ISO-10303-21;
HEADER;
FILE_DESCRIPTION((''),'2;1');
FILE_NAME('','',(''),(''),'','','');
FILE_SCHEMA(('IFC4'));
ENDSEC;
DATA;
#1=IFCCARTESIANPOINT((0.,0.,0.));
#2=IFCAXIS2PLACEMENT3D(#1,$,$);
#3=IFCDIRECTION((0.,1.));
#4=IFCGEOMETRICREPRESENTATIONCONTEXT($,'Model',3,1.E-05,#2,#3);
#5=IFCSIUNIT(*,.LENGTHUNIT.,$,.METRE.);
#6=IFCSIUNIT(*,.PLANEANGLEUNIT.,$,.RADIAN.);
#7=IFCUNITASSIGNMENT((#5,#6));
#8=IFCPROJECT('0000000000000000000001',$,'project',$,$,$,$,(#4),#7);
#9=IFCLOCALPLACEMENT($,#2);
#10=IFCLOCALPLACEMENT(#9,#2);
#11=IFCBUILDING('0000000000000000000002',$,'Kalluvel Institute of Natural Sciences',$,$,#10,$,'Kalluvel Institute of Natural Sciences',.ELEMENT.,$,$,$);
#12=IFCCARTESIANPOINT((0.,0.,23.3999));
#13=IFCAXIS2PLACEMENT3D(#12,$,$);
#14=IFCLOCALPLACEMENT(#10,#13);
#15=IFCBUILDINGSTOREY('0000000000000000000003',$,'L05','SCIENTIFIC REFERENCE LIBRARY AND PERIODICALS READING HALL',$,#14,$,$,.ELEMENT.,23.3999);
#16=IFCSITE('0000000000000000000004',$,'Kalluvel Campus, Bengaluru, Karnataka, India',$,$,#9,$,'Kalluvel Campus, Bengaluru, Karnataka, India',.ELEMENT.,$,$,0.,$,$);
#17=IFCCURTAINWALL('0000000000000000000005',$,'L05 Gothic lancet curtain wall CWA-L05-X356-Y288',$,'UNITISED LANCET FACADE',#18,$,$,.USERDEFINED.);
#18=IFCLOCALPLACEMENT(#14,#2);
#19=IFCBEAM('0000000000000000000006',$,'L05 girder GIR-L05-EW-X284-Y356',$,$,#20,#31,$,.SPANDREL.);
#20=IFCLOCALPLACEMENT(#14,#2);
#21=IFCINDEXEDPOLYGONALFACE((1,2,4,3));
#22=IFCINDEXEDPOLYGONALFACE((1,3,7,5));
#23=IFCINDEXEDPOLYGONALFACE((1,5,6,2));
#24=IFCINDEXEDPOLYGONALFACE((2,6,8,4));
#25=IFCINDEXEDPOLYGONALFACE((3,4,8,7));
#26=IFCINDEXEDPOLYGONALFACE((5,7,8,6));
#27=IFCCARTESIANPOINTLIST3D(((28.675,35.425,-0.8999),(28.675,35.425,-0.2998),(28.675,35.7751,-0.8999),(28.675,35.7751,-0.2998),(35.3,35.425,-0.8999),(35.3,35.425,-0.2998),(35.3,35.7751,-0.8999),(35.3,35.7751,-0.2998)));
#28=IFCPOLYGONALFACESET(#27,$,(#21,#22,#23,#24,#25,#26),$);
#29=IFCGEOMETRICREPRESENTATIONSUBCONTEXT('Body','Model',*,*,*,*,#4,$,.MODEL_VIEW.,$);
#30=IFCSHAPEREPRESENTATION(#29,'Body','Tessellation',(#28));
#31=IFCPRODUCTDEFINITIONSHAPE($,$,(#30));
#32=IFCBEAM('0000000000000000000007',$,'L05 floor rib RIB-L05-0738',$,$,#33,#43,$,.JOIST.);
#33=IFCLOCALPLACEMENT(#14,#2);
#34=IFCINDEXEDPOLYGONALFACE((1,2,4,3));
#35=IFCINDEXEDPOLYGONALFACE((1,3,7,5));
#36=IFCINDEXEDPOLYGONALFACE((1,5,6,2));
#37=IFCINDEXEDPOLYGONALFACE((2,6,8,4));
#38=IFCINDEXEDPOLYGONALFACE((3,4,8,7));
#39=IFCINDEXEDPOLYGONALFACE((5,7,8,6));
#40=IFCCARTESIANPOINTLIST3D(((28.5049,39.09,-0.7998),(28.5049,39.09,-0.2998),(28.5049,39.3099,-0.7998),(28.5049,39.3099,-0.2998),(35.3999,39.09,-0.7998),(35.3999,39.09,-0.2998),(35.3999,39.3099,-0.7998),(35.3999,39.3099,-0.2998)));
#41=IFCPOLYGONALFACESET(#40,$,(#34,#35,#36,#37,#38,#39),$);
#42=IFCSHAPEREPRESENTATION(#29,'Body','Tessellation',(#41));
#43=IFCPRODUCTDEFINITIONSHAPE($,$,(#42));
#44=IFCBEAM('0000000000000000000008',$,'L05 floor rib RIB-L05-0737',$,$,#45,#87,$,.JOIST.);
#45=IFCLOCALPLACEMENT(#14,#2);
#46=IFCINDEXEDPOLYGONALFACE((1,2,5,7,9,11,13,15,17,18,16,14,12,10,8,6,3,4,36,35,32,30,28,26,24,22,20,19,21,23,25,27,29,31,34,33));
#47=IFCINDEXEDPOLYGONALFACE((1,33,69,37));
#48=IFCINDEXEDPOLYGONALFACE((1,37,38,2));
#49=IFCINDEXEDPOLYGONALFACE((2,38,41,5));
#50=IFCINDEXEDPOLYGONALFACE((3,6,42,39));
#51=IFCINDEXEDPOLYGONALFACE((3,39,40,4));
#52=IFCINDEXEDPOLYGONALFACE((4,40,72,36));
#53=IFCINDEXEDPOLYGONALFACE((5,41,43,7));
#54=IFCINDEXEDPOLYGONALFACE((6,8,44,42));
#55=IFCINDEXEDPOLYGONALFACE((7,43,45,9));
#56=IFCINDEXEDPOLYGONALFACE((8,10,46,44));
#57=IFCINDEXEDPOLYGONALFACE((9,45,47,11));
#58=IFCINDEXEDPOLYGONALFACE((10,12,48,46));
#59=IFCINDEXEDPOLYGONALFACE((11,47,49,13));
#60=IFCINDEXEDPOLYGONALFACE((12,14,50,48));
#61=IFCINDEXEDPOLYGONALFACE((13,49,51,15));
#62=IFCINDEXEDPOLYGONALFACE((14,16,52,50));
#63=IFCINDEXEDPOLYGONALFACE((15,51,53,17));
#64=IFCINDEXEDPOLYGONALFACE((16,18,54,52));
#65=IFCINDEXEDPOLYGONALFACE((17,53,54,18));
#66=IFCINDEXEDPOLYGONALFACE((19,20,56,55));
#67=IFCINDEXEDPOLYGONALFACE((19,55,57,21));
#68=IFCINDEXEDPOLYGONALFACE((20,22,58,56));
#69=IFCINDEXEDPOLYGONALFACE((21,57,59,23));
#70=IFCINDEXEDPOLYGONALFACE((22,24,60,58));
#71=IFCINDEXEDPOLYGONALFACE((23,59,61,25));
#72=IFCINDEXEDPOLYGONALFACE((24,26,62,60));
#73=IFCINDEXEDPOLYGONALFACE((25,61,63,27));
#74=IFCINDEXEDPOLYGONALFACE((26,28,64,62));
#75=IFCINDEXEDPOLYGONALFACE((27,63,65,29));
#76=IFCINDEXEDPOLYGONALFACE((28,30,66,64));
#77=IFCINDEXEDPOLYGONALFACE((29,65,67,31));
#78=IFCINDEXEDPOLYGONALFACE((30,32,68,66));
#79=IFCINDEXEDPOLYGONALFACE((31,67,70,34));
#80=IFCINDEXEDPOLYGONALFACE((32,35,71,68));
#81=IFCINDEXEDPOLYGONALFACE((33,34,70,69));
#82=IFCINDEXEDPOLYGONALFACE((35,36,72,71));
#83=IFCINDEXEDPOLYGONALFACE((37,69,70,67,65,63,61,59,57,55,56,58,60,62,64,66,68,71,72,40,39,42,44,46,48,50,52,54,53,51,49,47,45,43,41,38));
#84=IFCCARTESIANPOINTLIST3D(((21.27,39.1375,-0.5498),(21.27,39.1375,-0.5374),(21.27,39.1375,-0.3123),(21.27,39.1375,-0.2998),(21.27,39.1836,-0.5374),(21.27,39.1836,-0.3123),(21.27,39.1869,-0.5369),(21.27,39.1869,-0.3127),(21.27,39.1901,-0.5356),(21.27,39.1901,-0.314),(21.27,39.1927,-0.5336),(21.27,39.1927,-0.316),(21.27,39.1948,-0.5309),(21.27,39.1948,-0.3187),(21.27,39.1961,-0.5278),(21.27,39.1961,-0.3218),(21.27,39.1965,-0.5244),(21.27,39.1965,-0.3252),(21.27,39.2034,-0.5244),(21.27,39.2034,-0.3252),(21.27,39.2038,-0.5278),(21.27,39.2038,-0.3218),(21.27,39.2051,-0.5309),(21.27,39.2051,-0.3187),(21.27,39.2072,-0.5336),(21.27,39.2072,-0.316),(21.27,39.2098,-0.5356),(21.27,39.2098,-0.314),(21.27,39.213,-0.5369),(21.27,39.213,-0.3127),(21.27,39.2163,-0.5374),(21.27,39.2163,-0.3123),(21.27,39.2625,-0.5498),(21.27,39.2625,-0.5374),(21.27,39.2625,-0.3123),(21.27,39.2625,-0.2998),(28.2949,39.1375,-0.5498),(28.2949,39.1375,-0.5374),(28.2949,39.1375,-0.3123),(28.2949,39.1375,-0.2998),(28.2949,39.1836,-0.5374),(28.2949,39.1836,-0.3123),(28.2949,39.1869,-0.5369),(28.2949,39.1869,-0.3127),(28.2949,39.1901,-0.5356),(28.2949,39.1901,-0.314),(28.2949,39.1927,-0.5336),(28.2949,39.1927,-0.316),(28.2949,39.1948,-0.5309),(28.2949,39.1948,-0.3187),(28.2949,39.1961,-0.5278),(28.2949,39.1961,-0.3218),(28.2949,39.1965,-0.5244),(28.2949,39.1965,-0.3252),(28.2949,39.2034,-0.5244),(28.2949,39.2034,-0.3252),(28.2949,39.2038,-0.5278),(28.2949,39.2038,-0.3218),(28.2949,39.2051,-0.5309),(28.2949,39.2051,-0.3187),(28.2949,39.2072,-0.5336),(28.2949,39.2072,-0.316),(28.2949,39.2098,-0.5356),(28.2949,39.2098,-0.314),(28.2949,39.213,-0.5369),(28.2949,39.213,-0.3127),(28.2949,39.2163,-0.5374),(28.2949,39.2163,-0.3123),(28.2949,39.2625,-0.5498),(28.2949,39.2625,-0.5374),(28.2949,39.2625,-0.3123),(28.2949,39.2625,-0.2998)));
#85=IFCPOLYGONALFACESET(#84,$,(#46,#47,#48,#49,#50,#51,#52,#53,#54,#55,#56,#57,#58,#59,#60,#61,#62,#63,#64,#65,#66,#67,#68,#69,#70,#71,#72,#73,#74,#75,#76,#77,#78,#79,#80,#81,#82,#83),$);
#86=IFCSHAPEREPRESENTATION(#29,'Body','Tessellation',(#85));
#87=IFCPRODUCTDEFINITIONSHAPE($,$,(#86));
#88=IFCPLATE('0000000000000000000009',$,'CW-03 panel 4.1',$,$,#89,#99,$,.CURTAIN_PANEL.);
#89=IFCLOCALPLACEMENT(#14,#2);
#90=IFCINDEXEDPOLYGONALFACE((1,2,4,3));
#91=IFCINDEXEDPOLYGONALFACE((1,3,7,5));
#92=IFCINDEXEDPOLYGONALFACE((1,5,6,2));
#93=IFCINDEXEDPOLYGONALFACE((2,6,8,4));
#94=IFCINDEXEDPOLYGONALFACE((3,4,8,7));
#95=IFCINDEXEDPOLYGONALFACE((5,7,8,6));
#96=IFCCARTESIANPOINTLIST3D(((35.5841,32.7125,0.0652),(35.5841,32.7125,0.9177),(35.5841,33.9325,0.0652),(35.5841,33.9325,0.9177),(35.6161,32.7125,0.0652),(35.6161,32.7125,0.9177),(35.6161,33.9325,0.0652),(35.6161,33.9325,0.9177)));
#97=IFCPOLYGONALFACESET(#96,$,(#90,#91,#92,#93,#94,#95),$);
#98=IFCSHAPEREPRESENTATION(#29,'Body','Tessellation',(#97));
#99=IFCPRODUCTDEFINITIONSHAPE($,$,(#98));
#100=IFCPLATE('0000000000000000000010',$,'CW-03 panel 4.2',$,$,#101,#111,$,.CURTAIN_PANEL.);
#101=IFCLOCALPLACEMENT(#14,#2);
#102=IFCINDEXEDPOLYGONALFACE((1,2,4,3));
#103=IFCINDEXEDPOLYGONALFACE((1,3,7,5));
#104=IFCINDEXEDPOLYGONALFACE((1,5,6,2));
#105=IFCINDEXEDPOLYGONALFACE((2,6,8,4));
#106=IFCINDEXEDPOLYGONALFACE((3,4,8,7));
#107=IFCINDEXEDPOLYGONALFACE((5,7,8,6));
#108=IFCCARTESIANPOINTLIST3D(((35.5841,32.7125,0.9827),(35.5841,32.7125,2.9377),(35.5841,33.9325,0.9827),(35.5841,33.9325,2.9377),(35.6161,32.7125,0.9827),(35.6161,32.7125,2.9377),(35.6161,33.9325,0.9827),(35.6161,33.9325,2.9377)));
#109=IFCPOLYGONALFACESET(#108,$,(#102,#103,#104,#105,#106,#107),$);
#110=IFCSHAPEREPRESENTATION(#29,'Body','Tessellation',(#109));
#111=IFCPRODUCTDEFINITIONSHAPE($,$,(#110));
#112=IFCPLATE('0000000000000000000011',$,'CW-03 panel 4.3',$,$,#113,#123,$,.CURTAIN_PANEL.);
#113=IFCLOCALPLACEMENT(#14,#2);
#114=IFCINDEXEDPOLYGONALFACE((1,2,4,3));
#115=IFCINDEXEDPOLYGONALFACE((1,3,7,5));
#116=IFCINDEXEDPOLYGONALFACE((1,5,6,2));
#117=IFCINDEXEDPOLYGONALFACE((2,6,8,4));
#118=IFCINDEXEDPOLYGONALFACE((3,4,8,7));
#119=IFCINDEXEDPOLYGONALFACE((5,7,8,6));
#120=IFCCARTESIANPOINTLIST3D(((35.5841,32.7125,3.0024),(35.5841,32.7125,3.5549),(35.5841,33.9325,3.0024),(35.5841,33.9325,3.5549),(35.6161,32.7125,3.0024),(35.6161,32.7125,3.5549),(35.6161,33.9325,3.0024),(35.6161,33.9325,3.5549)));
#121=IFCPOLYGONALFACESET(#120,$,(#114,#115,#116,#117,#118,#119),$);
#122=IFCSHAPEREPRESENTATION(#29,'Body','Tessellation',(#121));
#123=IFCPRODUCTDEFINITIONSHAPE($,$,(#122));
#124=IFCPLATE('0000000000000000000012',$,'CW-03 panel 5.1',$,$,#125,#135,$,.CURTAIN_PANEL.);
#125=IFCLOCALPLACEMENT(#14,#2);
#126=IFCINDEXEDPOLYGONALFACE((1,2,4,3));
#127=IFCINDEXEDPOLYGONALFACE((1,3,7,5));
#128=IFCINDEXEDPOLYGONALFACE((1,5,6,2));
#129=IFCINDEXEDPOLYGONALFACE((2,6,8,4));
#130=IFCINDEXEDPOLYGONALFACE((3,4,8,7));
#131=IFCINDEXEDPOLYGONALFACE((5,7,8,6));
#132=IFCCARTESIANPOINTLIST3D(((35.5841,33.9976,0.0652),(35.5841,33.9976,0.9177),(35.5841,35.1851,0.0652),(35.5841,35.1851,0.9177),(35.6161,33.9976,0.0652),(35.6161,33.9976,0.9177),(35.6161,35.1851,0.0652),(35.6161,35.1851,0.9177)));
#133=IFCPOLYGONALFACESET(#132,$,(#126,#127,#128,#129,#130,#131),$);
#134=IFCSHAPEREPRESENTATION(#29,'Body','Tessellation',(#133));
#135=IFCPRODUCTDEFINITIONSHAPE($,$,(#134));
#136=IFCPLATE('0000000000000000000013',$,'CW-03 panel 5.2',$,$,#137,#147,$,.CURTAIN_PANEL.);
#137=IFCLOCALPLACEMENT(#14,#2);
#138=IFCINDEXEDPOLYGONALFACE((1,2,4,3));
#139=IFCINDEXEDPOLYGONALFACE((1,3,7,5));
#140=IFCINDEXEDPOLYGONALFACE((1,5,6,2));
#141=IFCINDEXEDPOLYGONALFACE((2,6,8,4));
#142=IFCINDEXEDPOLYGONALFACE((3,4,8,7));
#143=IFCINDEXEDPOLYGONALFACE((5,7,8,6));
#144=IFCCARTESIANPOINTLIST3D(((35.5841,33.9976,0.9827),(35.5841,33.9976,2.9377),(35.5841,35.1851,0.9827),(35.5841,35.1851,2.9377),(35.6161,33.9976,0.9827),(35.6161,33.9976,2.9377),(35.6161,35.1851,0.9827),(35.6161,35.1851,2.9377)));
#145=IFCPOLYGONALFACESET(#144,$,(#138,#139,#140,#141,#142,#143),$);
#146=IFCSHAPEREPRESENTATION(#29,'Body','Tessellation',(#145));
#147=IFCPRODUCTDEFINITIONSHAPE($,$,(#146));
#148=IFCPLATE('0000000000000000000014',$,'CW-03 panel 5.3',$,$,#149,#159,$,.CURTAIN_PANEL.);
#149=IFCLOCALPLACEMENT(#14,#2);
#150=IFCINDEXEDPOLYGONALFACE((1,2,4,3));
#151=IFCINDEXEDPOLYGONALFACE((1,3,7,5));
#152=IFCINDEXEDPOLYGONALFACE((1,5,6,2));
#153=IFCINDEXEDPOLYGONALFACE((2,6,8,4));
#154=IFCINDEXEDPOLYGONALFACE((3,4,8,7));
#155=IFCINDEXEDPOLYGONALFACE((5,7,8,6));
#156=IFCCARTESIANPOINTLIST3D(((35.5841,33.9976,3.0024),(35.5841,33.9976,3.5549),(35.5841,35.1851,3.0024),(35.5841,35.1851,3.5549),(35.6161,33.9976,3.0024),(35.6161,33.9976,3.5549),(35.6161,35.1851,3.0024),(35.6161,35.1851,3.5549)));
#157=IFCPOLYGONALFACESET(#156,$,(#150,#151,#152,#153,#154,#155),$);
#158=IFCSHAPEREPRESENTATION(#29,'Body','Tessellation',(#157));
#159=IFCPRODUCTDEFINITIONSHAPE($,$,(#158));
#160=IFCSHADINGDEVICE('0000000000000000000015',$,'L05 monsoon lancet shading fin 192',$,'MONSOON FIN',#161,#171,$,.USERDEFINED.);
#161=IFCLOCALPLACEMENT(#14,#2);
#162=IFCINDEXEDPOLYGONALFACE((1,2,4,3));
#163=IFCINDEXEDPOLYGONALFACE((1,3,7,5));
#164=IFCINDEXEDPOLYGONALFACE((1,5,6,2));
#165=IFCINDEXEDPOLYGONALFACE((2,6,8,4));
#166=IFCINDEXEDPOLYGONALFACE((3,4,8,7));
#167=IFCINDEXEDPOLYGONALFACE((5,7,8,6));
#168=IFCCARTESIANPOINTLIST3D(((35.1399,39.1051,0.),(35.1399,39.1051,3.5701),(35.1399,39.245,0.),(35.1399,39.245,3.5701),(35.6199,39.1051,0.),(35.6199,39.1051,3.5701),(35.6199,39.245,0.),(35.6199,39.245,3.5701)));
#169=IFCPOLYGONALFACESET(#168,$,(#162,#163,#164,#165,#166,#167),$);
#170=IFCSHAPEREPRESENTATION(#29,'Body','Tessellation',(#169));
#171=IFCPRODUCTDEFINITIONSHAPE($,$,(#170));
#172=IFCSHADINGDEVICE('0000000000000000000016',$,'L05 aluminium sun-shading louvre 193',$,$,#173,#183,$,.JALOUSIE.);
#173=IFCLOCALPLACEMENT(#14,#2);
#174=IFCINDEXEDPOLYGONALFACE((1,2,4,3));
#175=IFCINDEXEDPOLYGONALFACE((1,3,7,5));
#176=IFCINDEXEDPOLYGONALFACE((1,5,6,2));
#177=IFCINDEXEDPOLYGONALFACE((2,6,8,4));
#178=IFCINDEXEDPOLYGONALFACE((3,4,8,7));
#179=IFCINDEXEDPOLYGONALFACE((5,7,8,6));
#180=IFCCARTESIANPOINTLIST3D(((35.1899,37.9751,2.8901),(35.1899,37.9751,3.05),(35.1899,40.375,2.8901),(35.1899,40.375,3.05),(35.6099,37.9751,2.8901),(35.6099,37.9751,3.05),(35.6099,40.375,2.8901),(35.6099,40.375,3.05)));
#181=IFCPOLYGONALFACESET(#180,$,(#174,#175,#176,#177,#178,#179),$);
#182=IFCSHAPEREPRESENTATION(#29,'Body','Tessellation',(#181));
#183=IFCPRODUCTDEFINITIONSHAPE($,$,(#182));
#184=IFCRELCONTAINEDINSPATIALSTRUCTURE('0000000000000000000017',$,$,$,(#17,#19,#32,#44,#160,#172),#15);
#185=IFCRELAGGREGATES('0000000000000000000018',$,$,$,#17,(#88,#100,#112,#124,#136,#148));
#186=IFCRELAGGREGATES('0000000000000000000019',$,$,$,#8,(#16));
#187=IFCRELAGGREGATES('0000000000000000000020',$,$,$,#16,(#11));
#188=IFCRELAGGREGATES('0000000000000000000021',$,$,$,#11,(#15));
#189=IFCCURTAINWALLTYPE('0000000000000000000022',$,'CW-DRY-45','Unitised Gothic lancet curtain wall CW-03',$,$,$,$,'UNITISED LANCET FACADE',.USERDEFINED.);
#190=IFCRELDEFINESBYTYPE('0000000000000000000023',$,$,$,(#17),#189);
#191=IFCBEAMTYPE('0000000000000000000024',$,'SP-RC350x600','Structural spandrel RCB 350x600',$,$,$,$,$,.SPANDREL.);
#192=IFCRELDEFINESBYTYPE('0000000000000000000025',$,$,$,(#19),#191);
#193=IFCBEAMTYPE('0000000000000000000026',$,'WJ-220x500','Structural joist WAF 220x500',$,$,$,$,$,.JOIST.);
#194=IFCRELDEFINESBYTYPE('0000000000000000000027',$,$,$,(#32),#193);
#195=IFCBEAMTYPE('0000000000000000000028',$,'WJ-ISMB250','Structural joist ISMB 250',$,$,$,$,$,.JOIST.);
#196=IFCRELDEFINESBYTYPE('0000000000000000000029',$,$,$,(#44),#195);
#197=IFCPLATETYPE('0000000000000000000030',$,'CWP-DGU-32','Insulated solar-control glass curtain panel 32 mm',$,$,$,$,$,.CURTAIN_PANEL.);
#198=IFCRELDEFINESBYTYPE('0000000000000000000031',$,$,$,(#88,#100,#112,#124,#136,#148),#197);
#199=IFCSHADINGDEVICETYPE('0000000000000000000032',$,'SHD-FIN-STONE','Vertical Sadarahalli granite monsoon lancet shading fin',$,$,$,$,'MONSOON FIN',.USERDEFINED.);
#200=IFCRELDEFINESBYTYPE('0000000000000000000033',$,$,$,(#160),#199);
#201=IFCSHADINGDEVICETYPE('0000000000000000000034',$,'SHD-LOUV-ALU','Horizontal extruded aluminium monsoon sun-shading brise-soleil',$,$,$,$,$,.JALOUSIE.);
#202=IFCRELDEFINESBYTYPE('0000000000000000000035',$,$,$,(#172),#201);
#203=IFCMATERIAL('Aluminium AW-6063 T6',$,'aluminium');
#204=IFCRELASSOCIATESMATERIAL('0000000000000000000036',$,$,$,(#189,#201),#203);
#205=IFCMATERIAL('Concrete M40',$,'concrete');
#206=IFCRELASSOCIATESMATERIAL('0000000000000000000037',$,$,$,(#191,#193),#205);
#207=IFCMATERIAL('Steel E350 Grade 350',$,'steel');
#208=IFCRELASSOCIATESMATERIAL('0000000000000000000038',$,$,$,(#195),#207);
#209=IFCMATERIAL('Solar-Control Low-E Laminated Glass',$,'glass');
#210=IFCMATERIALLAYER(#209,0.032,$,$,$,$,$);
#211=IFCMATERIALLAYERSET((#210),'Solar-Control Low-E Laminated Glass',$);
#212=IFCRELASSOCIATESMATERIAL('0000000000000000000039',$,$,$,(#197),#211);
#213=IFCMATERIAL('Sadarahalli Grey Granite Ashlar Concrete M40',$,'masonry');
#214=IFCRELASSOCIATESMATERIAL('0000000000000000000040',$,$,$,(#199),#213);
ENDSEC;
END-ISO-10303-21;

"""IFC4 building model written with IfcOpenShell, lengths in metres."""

from ifc_helpers import new_model, si_unit, direction, frame, origin, origin_2d, place, context, subcontext, project, spatial, rectangle, i_section, extrude, material, layer, layer_set, material_profile, profile_set, type_object, element, aggregate, save


model = new_model("IFC4")

# Units and contexts
model_context = context("Model", 3, precision=1e-05, world=origin(), true_north=direction((0.0, 1.0)))
body_context = subcontext(model_context, "Body", "Model", "MODEL_VIEW")
ifc_project = project(units=[si_unit("LENGTHUNIT", "METRE"), si_unit("PLANEANGLEUNIT", "RADIAN")], contexts=[model_context])

# Site, building, storey
site_placement = place(None, origin())
site = spatial("IfcSite", under=ifc_project, at=site_placement, Name="Kalluvel Campus, Bengaluru, Karnataka, India", LongName="Kalluvel Campus, Bengaluru, Karnataka, India", CompositionType="ELEMENT", RefElevation=0.0)
building_placement = place(site_placement, origin())
building = spatial("IfcBuilding", under=site, at=building_placement, Name="Kalluvel Institute of Natural Sciences", LongName="Kalluvel Institute of Natural Sciences", CompositionType="ELEMENT")
storey_placement = place(building_placement, frame((0.0, 0.0, 23.3999)))
storey = spatial("IfcBuildingStorey", under=building, at=storey_placement, Name="L05", Description="SCIENTIFIC REFERENCE LIBRARY AND PERIODICALS READING HALL", CompositionType="ELEMENT", Elevation=23.3999)

# Shared definitions
ifc_material_1 = material(Name="Concrete M40", Category="concrete")

# Shared definitions
ifc_material_2 = material(Name="Steel E350 Grade 350", Category="steel")

# Curtain wall
ifc_material_3 = material(Name="Aluminium AW-6063 T6", Category="aluminium")
curtain_wall_type = type_object("IfcCurtainWallType", Name="CW-DRY-45", Description="Unitised Gothic lancet curtain wall CW-03", ElementType="UNITISED LANCET FACADE", PredefinedType="USERDEFINED", material=ifc_material_3)
curtain_wall_placement = place(storey_placement, origin())
curtain_wall = element("IfcCurtainWall", 1, at=curtain_wall_placement, inside=storey, type_object=curtain_wall_type, Name="L05 Gothic lancet curtain wall CWA-L05-X356-Y288", ObjectType="UNITISED LANCET FACADE", PredefinedType="USERDEFINED")

# Beams
ifc_material_profile_1 = material_profile(ifc_material_1, rectangle(XDim=0.3501, YDim=0.6001, at=origin_2d()), Name="RCB 350x600")
ifc_profile_set_1 = profile_set([ifc_material_profile_1], Name="Concrete M40")
beam_type_1 = type_object("IfcBeamType", Name="SP-RC350x600", Description="Structural spandrel RCB 350x600", PredefinedType="SPANDREL", material=ifc_profile_set_1)
beam_1_placement = place(storey_placement, frame((28.675, 35.6001, -0.5999), z_axis=(1.0, 0.0, 0.0), x_axis=(0.0, 1.0, 0.0)))
element("IfcBeam", 2, at=beam_1_placement, inside=storey, type_object=beam_type_1, Name="L05 girder GIR-L05-EW-X284-Y356", PredefinedType="SPANDREL", context=body_context, shape_type="SweptSolid", body=[
    extrude(rectangle(XDim=0.3501, YDim=0.6001, at=origin_2d()), origin(), (0.0, 0.0, 1.0), 6.625),
])
ifc_material_profile_2 = material_profile(ifc_material_1, rectangle(XDim=0.22, YDim=0.5, at=origin_2d()), Name="WAF 220x500")
ifc_profile_set_2 = profile_set([ifc_material_profile_2], Name="Concrete M40")
beam_type_2 = type_object("IfcBeamType", Name="WJ-220x500", Description="Structural joist WAF 220x500", PredefinedType="JOIST", material=ifc_profile_set_2)
beam_2_placement = place(storey_placement, frame((28.5049, 39.2, -0.5498), z_axis=(1.0, 0.0, 0.0), x_axis=(0.0, 1.0, 0.0)))
element("IfcBeam", 3, at=beam_2_placement, inside=storey, type_object=beam_type_2, Name="L05 floor rib RIB-L05-0738", PredefinedType="JOIST", context=body_context, shape_type="SweptSolid", body=[
    extrude(rectangle(XDim=0.22, YDim=0.5, at=origin_2d()), origin(), (0.0, 0.0, 1.0), 6.895),
])
ifc_material_profile_3 = material_profile(ifc_material_2, i_section(OverallWidth=0.125, OverallDepth=0.25, WebThickness=0.0068, FlangeThickness=0.0125, FilletRadius=0.0129, at=origin_2d()), Name="ISMB 250")
ifc_profile_set_3 = profile_set([ifc_material_profile_3], Name="Steel E350 Grade 350")
beam_type_3 = type_object("IfcBeamType", Name="WJ-ISMB250", Description="Structural joist ISMB 250", PredefinedType="JOIST", material=ifc_profile_set_3)
beam_3_placement = place(storey_placement, frame((21.27, 39.2, -0.4248), z_axis=(1.0, 0.0, 0.0), x_axis=(0.0, 1.0, 0.0)))
element("IfcBeam", 4, at=beam_3_placement, inside=storey, type_object=beam_type_3, Name="L05 floor rib RIB-L05-0737", PredefinedType="JOIST", context=body_context, shape_type="SweptSolid", body=[
    extrude(i_section(OverallWidth=0.125, OverallDepth=0.25, WebThickness=0.0068, FlangeThickness=0.0125, FilletRadius=0.0129, at=origin_2d()), origin(), (0.0, 0.0, 1.0), 7.0249),
])

# Plates
ifc_material_4 = material(Name="Solar-Control Low-E Laminated Glass", Category="glass")
ifc_layer = layer(ifc_material_4, 0.032)
ifc_layer_set = layer_set([ifc_layer], Name="Solar-Control Low-E Laminated Glass")
plate_type = type_object("IfcPlateType", Name="CWP-DGU-32", Description="Insulated solar-control glass curtain panel 32 mm", PredefinedType="CURTAIN_PANEL", material=ifc_layer_set)
plate_1_placement = place(storey_placement, frame((35.6001, 33.3225, 0.0652), z_axis=(0.0, 0.0, 1.0), x_axis=(0.0, 1.0, 0.0)))
plate_1 = element("IfcPlate", 5, at=plate_1_placement, type_object=plate_type, Name="CW-03 panel 4.1", PredefinedType="CURTAIN_PANEL", context=body_context, shape_type="SweptSolid", body=[
    extrude(rectangle(XDim=1.22, YDim=0.032, at=origin_2d()), origin(), (0.0, 0.0, 1.0), 0.8525),
])
plate_2_placement = place(storey_placement, frame((35.6001, 33.3225, 0.9827), z_axis=(0.0, 0.0, 1.0), x_axis=(0.0, 1.0, 0.0)))
plate_2 = element("IfcPlate", 6, at=plate_2_placement, type_object=plate_type, Name="CW-03 panel 4.2", PredefinedType="CURTAIN_PANEL", context=body_context, shape_type="SweptSolid", body=[
    extrude(rectangle(XDim=1.22, YDim=0.032, at=origin_2d()), origin(), (0.0, 0.0, 1.0), 1.9551),
])
plate_3_placement = place(storey_placement, frame((35.6001, 33.3225, 3.0024), z_axis=(0.0, 0.0, 1.0), x_axis=(0.0, 1.0, 0.0)))
plate_3 = element("IfcPlate", 7, at=plate_3_placement, type_object=plate_type, Name="CW-03 panel 4.3", PredefinedType="CURTAIN_PANEL", context=body_context, shape_type="SweptSolid", body=[
    extrude(rectangle(XDim=1.22, YDim=0.032, at=origin_2d()), origin(), (0.0, 0.0, 1.0), 0.5525),
])
plate_4_placement = place(storey_placement, frame((35.6001, 34.5913, 0.0652), z_axis=(0.0, 0.0, 1.0), x_axis=(0.0, 1.0, 0.0)))
plate_4 = element("IfcPlate", 8, at=plate_4_placement, type_object=plate_type, Name="CW-03 panel 5.1", PredefinedType="CURTAIN_PANEL", context=body_context, shape_type="SweptSolid", body=[
    extrude(rectangle(XDim=1.1875, YDim=0.032, at=origin_2d()), origin(), (0.0, 0.0, 1.0), 0.8525),
])
plate_5_placement = place(storey_placement, frame((35.6001, 34.5913, 0.9827), z_axis=(0.0, 0.0, 1.0), x_axis=(0.0, 1.0, 0.0)))
plate_5 = element("IfcPlate", 9, at=plate_5_placement, type_object=plate_type, Name="CW-03 panel 5.2", PredefinedType="CURTAIN_PANEL", context=body_context, shape_type="SweptSolid", body=[
    extrude(rectangle(XDim=1.1875, YDim=0.032, at=origin_2d()), origin(), (0.0, 0.0, 1.0), 1.9551),
])
plate_6_placement = place(storey_placement, frame((35.6001, 34.5913, 3.0024), z_axis=(0.0, 0.0, 1.0), x_axis=(0.0, 1.0, 0.0)))
plate_6 = element("IfcPlate", 10, at=plate_6_placement, type_object=plate_type, Name="CW-03 panel 5.3", PredefinedType="CURTAIN_PANEL", context=body_context, shape_type="SweptSolid", body=[
    extrude(rectangle(XDim=1.1875, YDim=0.032, at=origin_2d()), origin(), (0.0, 0.0, 1.0), 0.5525),
])
aggregate(curtain_wall, [plate_1, plate_2, plate_3, plate_4, plate_5, plate_6])

# Shading devices
ifc_material_5 = material(Name="Sadarahalli Grey Granite Ashlar Concrete M40", Category="masonry")
shading_device_type_1 = type_object("IfcShadingDeviceType", Name="SHD-FIN-STONE", Description="Vertical Sadarahalli granite monsoon lancet shading fin", ElementType="MONSOON FIN", PredefinedType="USERDEFINED", material=ifc_material_5)
shading_device_1_placement = place(storey_placement, frame((35.3799, 39.175, 0.0), z_axis=(0.0, 0.0, 1.0), x_axis=(0.0, 1.0, 0.0)))
element("IfcShadingDevice", 11, at=shading_device_1_placement, inside=storey, type_object=shading_device_type_1, Name="L05 monsoon lancet shading fin 192", ObjectType="MONSOON FIN", PredefinedType="USERDEFINED", context=body_context, shape_type="SweptSolid", body=[
    extrude(rectangle(XDim=0.1399, YDim=0.48, at=origin_2d()), origin(), (0.0, 0.0, 1.0), 3.5701),
])
shading_device_type_2 = type_object("IfcShadingDeviceType", Name="SHD-LOUV-ALU", Description="Horizontal extruded aluminium monsoon sun-shading brise-soleil", PredefinedType="JALOUSIE", material=ifc_material_3)
shading_device_2_placement = place(storey_placement, frame((35.3999, 39.175, 2.8901), z_axis=(0.0, 0.0, 1.0), x_axis=(0.0, 1.0, 0.0)))
element("IfcShadingDevice", 12, at=shading_device_2_placement, inside=storey, type_object=shading_device_type_2, Name="L05 aluminium sun-shading louvre 193", PredefinedType="JALOUSIE", context=body_context, shape_type="SweptSolid", body=[
    extrude(rectangle(XDim=2.3999, YDim=0.4199, at=origin_2d()), origin(), (0.0, 0.0, 1.0), 0.1599),
])

save(model, "model.ifc")
